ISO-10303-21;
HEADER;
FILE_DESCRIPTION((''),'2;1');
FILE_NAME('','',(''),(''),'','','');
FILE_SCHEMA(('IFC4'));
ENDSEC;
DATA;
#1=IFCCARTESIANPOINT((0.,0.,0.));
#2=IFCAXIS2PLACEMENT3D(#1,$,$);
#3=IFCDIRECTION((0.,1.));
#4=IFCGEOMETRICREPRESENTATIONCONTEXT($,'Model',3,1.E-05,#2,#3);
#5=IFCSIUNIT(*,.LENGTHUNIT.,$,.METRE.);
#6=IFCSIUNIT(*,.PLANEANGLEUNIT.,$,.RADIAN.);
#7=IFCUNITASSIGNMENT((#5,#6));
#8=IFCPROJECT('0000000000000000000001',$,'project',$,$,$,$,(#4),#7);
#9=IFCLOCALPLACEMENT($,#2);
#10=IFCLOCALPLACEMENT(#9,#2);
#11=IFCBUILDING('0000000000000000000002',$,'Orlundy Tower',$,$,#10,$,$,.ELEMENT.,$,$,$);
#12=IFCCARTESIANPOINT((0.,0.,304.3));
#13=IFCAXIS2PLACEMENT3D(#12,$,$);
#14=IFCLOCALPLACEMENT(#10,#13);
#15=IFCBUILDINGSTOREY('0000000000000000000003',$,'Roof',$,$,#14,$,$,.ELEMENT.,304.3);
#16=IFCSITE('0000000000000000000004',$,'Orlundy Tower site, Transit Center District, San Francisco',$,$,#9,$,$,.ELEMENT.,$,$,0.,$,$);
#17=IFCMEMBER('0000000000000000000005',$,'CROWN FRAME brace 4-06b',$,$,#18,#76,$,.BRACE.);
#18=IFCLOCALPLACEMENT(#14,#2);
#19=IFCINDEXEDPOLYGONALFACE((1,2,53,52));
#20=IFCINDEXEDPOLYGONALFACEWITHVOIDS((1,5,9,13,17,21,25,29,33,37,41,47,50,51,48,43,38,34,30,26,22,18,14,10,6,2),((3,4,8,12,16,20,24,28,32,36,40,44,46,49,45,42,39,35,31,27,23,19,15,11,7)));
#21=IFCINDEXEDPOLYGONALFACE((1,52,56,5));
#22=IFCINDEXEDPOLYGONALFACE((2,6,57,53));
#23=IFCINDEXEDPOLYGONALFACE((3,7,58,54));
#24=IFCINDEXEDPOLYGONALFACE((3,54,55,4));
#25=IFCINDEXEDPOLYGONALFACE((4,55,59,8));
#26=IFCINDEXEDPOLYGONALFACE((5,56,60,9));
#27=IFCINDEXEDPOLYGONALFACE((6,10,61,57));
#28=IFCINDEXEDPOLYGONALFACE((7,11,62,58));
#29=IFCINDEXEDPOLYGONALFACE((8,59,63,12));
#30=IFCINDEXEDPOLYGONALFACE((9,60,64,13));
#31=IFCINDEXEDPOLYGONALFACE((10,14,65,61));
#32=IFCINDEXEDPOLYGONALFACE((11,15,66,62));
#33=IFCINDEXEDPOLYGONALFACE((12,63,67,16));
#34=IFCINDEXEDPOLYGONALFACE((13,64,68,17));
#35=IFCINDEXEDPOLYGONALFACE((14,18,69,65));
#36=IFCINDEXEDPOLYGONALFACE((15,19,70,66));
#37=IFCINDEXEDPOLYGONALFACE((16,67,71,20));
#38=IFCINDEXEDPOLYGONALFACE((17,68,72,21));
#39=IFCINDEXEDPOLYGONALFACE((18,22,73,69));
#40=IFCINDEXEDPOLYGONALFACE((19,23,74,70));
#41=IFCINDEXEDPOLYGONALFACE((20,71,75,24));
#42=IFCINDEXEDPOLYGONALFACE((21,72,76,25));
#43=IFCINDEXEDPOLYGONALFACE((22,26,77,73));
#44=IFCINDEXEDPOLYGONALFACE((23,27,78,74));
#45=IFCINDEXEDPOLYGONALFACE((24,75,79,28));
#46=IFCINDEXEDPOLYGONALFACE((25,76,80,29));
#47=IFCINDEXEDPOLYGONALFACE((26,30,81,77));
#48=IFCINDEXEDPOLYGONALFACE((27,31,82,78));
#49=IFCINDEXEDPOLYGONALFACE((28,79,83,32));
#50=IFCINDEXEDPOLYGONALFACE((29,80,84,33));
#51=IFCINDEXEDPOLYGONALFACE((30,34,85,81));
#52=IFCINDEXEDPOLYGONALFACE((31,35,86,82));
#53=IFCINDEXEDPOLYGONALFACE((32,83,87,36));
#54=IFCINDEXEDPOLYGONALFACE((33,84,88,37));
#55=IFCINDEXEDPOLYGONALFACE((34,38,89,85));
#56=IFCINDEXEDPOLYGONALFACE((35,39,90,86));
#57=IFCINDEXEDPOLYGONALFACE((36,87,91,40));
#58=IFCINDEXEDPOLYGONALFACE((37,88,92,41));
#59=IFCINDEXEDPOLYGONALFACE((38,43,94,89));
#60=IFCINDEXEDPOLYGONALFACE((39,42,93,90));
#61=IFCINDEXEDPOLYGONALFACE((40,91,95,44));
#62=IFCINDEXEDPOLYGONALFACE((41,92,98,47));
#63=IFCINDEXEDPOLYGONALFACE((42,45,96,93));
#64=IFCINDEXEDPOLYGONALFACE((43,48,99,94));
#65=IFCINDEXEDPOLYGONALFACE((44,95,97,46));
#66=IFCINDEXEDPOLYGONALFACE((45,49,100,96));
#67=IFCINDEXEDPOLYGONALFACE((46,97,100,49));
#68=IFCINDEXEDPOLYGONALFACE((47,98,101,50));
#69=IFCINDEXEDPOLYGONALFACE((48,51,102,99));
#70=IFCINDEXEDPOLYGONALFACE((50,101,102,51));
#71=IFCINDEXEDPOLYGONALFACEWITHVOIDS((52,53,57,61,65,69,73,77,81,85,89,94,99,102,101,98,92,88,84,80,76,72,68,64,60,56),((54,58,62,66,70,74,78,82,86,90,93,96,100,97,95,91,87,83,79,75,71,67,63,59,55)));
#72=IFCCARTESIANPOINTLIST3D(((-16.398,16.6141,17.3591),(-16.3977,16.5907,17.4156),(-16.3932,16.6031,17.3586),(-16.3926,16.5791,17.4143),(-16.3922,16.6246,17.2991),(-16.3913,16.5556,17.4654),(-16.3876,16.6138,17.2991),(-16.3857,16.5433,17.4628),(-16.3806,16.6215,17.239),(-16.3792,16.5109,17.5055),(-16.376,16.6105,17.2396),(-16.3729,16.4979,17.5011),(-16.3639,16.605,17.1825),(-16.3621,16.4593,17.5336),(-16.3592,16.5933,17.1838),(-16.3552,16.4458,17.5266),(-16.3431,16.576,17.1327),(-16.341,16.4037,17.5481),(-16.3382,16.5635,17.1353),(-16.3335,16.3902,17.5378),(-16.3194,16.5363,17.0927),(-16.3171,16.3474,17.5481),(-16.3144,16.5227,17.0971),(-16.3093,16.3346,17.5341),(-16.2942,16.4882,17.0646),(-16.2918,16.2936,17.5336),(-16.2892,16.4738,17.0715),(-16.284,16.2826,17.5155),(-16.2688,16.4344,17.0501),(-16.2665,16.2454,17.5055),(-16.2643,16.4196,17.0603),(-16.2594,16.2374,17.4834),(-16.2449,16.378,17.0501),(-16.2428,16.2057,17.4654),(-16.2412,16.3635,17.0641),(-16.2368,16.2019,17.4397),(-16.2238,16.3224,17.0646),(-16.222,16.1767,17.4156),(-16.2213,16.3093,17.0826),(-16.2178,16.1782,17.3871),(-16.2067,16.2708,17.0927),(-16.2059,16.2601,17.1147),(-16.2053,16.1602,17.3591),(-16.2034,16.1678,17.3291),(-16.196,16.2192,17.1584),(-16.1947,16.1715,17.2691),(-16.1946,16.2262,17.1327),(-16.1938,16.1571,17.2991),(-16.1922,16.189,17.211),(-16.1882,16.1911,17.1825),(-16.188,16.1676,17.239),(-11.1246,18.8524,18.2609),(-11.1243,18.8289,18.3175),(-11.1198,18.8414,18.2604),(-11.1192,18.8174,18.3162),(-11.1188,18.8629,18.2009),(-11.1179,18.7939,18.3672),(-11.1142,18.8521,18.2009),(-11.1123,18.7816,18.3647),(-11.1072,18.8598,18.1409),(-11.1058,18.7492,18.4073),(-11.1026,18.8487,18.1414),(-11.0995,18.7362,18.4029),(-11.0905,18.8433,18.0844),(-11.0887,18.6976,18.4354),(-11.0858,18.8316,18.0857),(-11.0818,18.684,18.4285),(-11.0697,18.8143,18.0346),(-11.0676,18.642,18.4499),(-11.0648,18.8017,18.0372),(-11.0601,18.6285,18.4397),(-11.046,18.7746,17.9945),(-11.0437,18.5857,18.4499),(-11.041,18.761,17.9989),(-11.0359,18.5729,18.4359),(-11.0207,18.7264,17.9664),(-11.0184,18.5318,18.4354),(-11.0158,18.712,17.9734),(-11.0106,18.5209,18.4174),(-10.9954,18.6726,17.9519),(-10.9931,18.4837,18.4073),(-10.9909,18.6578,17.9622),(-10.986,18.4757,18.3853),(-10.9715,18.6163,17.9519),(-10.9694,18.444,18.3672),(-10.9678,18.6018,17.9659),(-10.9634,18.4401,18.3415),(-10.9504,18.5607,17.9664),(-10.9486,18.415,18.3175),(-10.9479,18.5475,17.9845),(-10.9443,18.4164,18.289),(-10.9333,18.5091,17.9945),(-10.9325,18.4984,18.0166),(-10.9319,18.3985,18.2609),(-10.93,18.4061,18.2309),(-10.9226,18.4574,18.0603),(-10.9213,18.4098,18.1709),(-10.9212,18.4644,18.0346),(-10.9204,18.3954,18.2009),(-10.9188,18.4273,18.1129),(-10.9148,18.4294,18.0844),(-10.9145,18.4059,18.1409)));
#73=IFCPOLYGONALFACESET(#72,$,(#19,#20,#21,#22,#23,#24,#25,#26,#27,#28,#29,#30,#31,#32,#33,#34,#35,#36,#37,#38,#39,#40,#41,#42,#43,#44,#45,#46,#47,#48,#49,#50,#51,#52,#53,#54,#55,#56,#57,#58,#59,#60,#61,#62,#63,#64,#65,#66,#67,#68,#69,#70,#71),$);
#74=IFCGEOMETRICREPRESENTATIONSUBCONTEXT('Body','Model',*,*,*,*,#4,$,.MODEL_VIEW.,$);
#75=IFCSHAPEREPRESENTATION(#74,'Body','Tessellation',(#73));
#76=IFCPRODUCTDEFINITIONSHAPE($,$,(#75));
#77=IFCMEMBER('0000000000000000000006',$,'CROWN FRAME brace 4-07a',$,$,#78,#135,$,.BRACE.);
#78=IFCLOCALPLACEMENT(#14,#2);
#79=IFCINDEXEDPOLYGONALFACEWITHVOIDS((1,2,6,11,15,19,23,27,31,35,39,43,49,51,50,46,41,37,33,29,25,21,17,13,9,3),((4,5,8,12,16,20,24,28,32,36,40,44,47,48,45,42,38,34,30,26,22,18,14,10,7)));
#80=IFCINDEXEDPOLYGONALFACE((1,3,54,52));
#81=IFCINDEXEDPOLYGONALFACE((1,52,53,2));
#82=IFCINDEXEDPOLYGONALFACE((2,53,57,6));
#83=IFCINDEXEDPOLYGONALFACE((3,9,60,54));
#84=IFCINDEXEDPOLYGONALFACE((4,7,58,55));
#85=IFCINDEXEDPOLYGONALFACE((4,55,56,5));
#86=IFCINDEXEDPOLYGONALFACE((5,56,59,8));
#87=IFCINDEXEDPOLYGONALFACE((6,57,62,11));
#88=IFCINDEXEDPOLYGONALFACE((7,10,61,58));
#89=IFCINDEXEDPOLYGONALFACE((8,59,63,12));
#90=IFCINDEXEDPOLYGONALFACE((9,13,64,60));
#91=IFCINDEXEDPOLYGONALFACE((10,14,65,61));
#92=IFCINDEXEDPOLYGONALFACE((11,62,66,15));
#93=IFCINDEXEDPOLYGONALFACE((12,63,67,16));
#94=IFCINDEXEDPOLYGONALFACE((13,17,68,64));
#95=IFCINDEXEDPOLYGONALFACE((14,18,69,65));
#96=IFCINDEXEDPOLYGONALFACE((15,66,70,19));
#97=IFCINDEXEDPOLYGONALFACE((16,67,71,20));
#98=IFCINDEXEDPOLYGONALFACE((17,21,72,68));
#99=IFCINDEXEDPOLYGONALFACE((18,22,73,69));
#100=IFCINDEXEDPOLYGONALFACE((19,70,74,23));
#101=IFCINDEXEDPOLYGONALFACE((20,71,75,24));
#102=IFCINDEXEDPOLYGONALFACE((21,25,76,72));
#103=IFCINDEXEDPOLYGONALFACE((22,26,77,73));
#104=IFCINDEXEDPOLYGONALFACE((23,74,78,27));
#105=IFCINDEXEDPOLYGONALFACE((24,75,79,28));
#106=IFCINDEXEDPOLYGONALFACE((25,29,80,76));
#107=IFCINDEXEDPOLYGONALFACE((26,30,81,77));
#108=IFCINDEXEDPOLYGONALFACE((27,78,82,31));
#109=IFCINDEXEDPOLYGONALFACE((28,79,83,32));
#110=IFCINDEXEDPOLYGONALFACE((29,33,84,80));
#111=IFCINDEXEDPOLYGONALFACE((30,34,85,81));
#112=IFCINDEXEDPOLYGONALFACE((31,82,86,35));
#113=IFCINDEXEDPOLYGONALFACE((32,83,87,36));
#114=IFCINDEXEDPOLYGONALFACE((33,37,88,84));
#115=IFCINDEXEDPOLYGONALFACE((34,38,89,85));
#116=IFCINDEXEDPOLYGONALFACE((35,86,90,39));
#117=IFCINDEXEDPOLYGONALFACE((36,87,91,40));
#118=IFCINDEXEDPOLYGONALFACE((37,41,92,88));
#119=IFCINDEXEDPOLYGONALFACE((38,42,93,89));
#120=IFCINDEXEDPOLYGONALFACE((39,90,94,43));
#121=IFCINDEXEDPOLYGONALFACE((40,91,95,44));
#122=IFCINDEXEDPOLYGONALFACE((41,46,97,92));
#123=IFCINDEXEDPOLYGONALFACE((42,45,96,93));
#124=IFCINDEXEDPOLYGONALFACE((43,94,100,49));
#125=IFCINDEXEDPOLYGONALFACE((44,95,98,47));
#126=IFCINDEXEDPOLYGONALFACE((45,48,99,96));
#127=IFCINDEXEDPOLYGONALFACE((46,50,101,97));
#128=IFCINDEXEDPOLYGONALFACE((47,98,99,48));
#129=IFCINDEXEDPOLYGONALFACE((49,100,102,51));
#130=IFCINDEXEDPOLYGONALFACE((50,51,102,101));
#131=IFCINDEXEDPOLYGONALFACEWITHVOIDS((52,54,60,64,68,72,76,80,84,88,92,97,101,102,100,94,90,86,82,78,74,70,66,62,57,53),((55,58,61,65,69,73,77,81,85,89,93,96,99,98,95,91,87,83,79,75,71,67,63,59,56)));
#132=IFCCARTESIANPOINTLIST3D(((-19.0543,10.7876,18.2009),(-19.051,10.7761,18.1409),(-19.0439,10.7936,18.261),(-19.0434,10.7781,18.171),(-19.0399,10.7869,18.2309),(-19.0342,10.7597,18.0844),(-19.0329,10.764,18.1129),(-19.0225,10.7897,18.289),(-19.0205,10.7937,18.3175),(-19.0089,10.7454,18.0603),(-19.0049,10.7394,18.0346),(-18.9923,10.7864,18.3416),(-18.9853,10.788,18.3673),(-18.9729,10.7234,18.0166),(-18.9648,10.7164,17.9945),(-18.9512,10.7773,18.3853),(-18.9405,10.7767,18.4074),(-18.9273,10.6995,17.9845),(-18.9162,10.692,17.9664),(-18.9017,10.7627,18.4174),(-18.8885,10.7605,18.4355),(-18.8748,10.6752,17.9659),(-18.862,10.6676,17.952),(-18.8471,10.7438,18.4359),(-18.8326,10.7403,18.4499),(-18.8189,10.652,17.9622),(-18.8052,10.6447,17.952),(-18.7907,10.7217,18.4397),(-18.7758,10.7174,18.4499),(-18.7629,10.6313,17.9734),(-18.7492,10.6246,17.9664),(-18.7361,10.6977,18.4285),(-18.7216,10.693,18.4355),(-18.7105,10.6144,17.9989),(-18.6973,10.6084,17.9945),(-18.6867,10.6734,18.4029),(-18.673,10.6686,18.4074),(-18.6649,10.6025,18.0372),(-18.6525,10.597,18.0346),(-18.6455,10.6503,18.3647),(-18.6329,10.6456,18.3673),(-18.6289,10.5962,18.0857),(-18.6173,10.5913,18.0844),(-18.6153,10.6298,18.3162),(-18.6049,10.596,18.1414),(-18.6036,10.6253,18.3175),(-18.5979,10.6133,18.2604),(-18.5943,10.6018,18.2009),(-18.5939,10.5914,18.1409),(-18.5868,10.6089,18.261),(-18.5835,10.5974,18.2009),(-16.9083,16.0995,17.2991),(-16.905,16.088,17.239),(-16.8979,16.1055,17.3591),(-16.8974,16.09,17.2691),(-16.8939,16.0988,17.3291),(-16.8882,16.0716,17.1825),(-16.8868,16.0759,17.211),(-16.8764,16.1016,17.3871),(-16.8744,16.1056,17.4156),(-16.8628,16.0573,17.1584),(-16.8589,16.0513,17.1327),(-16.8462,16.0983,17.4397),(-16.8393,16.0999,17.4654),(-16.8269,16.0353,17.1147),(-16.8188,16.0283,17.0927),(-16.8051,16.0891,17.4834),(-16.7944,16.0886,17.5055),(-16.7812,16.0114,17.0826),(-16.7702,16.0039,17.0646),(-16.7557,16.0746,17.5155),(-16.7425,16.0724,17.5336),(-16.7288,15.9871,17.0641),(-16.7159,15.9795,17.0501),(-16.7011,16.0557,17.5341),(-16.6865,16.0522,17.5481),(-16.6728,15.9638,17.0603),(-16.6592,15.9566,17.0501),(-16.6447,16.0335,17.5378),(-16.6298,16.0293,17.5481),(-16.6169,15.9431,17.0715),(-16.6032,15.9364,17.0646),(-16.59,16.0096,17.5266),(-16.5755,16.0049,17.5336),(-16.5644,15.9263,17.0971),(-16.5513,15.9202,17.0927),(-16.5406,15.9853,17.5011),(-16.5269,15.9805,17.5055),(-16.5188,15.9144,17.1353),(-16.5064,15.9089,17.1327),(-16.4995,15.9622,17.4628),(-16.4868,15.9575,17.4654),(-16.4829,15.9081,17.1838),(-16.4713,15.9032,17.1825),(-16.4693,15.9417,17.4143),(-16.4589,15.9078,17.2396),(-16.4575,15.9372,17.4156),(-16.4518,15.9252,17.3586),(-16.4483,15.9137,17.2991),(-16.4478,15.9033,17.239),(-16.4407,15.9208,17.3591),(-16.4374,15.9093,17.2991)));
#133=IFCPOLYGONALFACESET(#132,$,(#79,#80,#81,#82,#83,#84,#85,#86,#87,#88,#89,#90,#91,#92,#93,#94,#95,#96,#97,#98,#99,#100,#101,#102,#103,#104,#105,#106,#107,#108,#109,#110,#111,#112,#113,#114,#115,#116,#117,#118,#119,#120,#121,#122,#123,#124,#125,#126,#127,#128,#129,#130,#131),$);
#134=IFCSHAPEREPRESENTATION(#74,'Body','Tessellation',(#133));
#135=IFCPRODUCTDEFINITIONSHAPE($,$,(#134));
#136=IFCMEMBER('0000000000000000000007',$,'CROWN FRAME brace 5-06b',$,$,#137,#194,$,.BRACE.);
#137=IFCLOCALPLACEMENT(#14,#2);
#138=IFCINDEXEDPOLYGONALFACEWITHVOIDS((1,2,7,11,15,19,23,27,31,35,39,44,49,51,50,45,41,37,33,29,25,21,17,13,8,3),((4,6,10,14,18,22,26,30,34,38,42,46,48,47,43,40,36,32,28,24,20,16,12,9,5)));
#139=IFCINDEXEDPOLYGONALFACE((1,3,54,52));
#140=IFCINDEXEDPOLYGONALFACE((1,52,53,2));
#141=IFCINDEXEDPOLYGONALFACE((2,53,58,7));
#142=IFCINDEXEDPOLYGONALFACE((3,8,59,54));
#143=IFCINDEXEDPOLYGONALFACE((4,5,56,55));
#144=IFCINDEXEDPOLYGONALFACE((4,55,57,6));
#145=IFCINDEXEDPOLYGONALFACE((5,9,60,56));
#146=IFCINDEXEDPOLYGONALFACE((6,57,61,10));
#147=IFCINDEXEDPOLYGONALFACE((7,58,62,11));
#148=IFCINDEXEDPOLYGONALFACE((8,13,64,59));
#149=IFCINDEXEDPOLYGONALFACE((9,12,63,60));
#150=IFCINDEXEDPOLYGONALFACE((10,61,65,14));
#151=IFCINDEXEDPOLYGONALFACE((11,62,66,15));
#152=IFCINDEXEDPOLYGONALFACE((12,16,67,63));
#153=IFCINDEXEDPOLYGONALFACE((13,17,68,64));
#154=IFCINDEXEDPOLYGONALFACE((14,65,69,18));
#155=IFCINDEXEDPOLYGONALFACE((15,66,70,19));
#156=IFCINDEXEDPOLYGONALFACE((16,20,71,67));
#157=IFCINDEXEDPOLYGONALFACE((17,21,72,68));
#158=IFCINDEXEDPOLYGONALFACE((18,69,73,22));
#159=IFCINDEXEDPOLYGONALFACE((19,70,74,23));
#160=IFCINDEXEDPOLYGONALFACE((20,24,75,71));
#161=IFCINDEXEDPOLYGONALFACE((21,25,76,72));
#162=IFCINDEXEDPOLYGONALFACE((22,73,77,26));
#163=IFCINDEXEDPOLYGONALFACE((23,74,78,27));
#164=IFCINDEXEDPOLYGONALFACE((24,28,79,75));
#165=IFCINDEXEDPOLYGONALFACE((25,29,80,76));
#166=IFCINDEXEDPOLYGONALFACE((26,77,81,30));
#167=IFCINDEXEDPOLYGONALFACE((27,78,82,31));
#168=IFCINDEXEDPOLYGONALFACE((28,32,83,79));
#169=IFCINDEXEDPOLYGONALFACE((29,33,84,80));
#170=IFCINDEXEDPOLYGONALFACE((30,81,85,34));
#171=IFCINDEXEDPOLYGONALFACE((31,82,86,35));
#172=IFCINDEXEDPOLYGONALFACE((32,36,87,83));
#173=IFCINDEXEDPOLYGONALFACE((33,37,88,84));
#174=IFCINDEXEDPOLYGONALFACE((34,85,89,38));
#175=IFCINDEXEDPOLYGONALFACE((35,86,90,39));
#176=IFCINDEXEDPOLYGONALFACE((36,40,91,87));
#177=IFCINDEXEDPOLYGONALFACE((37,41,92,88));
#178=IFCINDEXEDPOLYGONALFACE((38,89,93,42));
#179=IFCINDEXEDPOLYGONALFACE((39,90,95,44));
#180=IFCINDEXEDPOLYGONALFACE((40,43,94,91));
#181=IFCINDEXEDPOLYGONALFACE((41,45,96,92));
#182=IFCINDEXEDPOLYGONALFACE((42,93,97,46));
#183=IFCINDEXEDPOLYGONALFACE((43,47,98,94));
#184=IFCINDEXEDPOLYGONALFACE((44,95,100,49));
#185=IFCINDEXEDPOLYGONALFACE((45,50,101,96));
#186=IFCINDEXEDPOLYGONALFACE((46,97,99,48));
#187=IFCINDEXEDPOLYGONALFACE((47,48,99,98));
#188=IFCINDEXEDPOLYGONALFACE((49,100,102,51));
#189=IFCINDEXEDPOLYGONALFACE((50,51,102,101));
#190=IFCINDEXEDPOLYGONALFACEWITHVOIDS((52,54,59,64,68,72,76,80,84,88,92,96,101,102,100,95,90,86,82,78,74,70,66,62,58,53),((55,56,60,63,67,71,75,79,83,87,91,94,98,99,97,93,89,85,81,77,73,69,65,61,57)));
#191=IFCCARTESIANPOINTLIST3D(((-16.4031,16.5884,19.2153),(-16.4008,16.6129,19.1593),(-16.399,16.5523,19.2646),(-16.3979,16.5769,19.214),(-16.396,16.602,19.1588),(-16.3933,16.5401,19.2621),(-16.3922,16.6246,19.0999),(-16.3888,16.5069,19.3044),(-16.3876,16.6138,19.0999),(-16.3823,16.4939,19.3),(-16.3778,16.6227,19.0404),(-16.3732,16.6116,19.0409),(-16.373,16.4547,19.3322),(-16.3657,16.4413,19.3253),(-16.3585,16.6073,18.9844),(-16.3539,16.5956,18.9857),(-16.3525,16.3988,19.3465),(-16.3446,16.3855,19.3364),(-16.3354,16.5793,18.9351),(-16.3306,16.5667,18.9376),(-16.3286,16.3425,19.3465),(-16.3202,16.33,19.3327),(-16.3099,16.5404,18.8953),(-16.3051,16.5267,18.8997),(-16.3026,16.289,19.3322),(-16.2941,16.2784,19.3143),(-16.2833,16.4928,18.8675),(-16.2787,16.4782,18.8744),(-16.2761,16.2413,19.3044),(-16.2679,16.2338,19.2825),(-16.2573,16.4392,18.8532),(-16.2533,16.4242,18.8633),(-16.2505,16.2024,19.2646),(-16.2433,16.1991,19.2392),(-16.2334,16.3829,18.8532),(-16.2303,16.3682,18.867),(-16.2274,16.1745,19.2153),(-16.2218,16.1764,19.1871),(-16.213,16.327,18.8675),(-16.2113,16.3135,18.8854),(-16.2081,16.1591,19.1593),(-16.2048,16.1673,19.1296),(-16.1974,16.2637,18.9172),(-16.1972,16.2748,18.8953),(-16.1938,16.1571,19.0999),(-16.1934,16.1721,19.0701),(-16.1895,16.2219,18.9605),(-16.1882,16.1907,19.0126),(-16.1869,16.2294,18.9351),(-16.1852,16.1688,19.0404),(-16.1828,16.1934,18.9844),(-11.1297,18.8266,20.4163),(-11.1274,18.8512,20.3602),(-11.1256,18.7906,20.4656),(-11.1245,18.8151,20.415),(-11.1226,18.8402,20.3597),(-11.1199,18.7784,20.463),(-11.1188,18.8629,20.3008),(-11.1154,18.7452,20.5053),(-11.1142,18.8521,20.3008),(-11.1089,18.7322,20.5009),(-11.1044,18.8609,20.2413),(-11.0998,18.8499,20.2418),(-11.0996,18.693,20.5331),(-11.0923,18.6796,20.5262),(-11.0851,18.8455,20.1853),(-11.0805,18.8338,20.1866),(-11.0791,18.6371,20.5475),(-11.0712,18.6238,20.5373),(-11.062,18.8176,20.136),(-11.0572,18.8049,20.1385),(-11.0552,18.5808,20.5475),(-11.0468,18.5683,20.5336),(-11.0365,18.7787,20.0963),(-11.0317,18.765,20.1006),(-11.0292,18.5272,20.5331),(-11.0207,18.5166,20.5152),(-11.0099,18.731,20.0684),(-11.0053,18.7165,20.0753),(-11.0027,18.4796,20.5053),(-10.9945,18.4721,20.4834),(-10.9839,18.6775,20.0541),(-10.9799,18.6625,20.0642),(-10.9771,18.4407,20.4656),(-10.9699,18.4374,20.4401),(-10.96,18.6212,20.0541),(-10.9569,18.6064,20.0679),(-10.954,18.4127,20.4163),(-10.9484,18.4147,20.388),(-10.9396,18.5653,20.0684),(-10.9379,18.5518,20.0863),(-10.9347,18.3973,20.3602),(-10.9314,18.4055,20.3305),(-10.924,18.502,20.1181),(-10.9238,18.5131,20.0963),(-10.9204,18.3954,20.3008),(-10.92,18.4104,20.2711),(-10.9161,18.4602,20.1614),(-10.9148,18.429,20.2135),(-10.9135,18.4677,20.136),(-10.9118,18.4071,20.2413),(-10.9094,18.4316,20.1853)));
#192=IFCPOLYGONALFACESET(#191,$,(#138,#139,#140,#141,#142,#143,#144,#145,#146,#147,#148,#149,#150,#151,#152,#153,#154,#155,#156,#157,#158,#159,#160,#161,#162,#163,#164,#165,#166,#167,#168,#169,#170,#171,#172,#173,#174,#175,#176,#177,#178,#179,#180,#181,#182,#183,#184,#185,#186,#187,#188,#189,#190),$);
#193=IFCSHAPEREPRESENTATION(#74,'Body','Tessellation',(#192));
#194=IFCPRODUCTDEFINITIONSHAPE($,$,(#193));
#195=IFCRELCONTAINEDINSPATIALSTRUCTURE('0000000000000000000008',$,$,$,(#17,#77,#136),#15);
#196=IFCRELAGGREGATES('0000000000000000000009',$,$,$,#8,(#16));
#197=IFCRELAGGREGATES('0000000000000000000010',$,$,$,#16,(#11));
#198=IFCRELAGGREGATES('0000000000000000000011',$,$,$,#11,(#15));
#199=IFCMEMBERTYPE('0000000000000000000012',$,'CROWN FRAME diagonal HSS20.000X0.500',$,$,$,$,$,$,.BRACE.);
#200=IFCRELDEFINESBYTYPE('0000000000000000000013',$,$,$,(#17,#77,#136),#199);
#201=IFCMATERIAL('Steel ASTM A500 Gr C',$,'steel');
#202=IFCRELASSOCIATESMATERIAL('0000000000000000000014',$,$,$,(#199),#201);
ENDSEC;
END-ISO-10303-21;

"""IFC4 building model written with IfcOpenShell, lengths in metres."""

from ifc_helpers import new_model, si_unit, direction, frame, origin, origin_2d, place, context, subcontext, project, spatial, hollow_circle, extrude, material, material_profile, profile_set, type_object, element, save


model = new_model("IFC4")

# Units and contexts
model_context = context("Model", 3, precision=1e-05, world=origin(), true_north=direction((0.0, 1.0)))
body_context = subcontext(model_context, "Body", "Model", "MODEL_VIEW")
ifc_project = project(units=[si_unit("LENGTHUNIT", "METRE"), si_unit("PLANEANGLEUNIT", "RADIAN")], contexts=[model_context])

# Site, building, storey
site_placement = place(None, origin())
site = spatial("IfcSite", under=ifc_project, at=site_placement, Name="Orlundy Tower site, Transit Center District, San Francisco", CompositionType="ELEMENT", RefElevation=0.0)
building_placement = place(site_placement, origin())
building = spatial("IfcBuilding", under=site, at=building_placement, Name="Orlundy Tower", CompositionType="ELEMENT")
storey_placement = place(building_placement, frame((0.0, 0.0, 304.3)))
storey = spatial("IfcBuildingStorey", under=building, at=storey_placement, Name="Roof", CompositionType="ELEMENT", Elevation=304.3)

# Members
ifc_material_1 = material(Name="Steel ASTM A500 Gr C", Category="steel")
ifc_material_profile_1 = material_profile(ifc_material_1, hollow_circle(Radius=0.2539, WallThickness=0.0117, at=origin_2d()), Name="HSS20.000X0.500")
ifc_profile_set_1 = profile_set([ifc_material_profile_1], Name="Steel ASTM A500 Gr C")
member_type_1 = type_object("IfcMemberType", Name="CROWN FRAME diagonal HSS20.000X0.500", PredefinedType="BRACE", material=ifc_profile_set_1)
member_1_placement = place(storey_placement, frame((-16.293, 16.3909, 17.2991), z_axis=(0.909316, 0.385954, 0.15551), x_axis=(-0.390707, 0.920515, 0.0)))
element("IfcMember", 1, at=member_1_placement, inside=storey, type_object=member_type_1, Name="CROWN FRAME brace 4-06b", PredefinedType="BRACE", context=body_context, shape_type="SweptSolid", body=[
    extrude(hollow_circle(Radius=0.2539, WallThickness=0.0117, at=origin_2d()), origin(), (0.0, 0.0, 1.0), 5.7993),
])
member_2_placement = place(storey_placement, frame((-16.6729, 16.0044, 17.2991), z_axis=(-0.370035, -0.91591, 0.155507), x_axis=(0.92719, -0.374592, 0.0)))
element("IfcMember", 2, at=member_2_placement, inside=storey, type_object=member_type_1, Name="CROWN FRAME brace 4-07a", PredefinedType="BRACE", context=body_context, shape_type="SweptSolid", body=[
    extrude(hollow_circle(Radius=0.2539, WallThickness=0.0117, at=origin_2d()), origin(), (0.0, 0.0, 1.0), 5.7996),
])
member_3_placement = place(storey_placement, frame((-16.293, 16.3909, 19.0999), z_axis=(0.900932, 0.382396, 0.205171), x_axis=(-0.390707, 0.920515, 0.0)))
element("IfcMember", 3, at=member_3_placement, inside=storey, type_object=member_type_1, Name="CROWN FRAME brace 5-06b", PredefinedType="BRACE", context=body_context, shape_type="SweptSolid", body=[
    extrude(hollow_circle(Radius=0.2539, WallThickness=0.0117, at=origin_2d()), origin(), (0.0, 0.0, 1.0), 5.8533),
])

save(model, "model.ifc")
